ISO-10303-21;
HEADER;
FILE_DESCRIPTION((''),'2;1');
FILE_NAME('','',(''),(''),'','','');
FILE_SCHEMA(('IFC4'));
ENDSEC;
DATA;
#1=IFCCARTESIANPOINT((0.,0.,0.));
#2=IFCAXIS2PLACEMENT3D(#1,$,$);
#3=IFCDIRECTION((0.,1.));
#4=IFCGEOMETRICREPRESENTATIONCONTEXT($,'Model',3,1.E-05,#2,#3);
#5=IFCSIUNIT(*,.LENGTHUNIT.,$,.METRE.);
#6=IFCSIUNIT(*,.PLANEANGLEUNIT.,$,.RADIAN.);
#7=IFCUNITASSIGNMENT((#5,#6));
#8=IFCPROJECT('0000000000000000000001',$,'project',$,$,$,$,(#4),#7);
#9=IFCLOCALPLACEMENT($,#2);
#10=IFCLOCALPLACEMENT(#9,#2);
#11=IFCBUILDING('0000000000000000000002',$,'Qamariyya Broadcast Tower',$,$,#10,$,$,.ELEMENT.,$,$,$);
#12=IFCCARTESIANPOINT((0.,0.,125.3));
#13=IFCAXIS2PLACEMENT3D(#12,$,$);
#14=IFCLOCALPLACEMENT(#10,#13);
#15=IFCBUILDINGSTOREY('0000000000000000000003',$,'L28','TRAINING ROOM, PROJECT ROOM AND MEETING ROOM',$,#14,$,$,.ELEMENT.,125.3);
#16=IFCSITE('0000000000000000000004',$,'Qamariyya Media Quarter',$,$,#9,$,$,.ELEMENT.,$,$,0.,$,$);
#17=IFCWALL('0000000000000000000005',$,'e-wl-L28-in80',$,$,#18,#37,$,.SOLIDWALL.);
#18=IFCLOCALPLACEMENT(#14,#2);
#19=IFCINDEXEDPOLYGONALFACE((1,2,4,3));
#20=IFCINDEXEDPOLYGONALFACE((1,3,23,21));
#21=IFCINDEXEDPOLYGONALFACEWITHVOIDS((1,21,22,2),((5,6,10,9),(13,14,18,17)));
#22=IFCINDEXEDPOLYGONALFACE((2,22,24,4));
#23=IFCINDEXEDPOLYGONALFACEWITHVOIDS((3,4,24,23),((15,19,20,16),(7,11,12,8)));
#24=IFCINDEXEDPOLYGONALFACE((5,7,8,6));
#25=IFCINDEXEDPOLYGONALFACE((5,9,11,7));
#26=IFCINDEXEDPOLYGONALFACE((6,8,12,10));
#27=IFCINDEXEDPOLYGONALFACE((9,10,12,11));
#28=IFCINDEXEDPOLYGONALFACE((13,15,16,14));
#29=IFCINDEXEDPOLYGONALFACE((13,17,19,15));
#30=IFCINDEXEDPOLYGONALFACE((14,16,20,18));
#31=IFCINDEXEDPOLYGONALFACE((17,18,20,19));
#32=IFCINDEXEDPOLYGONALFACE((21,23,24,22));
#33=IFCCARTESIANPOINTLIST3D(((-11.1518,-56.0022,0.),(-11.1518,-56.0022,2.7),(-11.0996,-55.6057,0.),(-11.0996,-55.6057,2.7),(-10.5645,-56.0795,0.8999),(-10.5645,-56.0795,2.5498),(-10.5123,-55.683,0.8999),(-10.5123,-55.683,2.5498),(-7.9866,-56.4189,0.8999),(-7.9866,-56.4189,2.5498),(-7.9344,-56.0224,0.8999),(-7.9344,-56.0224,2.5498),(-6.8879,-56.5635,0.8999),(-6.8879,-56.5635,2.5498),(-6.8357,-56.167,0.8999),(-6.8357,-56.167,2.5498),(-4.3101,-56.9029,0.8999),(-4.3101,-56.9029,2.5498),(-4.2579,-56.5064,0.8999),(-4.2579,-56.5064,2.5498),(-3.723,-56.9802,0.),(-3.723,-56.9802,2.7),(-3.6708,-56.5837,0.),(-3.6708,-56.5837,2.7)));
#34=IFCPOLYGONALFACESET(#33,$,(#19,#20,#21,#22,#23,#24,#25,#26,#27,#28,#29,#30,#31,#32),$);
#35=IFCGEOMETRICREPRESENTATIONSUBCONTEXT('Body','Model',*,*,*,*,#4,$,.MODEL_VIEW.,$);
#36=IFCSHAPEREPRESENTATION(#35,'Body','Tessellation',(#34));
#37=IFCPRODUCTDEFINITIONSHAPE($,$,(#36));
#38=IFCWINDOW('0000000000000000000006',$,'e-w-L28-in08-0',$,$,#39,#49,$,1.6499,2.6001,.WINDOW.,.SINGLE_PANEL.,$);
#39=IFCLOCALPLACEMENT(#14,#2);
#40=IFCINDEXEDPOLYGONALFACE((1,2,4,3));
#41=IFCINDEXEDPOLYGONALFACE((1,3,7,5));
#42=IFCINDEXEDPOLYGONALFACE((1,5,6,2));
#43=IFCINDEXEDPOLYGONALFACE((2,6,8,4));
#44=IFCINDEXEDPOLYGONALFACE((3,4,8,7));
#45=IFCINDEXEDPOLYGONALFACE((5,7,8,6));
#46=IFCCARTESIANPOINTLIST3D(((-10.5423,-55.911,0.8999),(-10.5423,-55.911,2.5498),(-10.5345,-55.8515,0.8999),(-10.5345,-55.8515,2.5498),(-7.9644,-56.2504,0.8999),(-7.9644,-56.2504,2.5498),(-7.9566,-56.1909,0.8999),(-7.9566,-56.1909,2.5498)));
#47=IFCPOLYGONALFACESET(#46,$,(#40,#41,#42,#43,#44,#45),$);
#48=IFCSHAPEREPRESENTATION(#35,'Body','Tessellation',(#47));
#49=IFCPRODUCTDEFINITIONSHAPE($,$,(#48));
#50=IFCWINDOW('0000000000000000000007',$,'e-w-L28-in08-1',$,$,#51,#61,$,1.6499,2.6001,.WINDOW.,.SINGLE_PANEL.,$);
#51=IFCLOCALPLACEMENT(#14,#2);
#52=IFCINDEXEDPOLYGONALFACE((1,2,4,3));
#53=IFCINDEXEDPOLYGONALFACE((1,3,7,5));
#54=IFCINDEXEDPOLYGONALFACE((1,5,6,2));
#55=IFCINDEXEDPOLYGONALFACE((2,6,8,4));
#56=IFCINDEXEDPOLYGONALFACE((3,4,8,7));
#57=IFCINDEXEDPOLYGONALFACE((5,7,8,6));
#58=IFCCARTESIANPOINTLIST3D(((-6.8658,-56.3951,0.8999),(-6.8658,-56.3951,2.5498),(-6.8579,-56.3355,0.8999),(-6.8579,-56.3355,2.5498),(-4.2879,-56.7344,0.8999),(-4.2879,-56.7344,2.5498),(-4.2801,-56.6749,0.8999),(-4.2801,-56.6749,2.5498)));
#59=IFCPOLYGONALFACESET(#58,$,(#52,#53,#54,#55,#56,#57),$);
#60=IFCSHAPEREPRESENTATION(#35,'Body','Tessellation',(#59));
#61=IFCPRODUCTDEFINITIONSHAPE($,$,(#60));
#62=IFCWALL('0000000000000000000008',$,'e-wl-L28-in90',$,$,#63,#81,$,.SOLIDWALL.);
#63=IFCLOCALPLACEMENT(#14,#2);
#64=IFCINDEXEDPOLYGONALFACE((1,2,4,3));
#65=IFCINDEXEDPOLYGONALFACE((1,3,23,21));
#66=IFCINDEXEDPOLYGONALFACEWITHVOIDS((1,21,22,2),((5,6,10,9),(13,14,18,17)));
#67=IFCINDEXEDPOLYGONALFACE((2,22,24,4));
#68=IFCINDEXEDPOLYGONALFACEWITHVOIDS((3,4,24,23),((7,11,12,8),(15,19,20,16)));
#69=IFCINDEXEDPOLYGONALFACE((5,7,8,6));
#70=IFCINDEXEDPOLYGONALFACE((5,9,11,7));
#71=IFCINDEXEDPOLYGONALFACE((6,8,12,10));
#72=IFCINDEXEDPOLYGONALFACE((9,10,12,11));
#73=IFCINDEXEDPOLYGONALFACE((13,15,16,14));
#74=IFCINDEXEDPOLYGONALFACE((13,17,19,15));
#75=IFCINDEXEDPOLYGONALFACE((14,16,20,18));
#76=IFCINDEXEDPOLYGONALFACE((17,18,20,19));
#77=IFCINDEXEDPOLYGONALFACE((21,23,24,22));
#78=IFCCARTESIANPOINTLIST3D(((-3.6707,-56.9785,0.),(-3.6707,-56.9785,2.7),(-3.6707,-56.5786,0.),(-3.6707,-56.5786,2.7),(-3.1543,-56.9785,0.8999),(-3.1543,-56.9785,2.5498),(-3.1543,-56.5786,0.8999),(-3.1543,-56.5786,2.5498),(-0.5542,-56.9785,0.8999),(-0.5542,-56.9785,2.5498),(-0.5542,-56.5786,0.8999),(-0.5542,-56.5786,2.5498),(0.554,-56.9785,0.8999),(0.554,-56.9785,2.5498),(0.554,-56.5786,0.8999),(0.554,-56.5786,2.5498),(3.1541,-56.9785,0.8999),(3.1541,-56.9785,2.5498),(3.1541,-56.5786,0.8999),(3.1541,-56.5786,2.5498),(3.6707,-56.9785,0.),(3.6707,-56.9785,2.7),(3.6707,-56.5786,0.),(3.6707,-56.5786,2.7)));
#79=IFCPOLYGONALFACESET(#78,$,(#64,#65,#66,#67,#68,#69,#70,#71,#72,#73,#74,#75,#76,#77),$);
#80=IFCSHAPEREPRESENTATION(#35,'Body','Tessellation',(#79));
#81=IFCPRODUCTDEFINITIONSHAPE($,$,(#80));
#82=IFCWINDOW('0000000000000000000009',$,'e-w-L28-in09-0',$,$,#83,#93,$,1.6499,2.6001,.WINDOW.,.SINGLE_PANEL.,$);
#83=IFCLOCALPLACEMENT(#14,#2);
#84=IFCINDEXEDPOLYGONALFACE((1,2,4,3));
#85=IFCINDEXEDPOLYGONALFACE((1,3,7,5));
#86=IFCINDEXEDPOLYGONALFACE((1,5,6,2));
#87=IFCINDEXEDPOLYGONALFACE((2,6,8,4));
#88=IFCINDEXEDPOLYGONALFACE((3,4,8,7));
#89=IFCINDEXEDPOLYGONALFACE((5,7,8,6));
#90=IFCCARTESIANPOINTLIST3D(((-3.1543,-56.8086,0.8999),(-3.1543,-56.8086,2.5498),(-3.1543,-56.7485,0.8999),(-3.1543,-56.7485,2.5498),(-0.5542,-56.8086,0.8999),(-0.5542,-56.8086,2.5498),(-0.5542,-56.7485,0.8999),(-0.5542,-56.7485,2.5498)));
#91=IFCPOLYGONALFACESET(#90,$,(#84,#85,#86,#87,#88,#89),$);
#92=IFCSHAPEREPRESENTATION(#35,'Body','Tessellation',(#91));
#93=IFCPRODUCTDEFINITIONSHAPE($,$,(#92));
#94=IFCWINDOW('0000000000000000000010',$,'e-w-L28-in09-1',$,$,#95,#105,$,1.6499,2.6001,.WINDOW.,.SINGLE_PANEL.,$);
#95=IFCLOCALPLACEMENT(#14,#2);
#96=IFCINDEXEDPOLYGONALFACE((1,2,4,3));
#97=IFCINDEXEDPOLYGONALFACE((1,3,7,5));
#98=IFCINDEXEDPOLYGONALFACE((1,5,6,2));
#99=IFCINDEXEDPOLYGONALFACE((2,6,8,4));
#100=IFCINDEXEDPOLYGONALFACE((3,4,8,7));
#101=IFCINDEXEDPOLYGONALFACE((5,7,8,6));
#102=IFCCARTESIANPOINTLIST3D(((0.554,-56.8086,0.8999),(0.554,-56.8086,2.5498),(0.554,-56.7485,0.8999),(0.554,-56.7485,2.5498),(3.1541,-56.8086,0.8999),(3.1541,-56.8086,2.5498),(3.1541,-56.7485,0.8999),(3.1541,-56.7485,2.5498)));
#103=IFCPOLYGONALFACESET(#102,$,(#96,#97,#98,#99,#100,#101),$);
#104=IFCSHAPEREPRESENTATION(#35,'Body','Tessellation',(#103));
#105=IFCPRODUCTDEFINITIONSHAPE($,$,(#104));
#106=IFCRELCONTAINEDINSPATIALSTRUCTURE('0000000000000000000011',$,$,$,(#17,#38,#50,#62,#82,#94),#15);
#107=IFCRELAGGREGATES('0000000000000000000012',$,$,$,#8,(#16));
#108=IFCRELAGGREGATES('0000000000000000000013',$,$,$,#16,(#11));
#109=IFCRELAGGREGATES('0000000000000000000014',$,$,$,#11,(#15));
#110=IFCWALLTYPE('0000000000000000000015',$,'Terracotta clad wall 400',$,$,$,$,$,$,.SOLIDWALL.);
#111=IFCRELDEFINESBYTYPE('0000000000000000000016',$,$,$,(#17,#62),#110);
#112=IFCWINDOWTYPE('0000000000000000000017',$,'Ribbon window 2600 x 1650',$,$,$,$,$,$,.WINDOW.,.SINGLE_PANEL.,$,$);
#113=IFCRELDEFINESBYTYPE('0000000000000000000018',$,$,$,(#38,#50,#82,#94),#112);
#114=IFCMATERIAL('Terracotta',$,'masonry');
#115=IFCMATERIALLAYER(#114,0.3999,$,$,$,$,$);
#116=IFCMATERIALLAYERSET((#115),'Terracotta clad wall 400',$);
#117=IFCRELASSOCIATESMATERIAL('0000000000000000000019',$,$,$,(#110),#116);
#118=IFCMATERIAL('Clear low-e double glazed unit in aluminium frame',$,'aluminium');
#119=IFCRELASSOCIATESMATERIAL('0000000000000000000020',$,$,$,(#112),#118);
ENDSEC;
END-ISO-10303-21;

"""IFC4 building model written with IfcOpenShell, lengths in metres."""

from ifc_helpers import new_model, si_unit, direction, frame, frame_2d, origin, place, context, subcontext, project, spatial, rectangle, extrude, material, layer, layer_set, type_object, element, fill, save


model = new_model("IFC4")

# Units and contexts
model_context = context("Model", 3, precision=1e-05, world=origin(), true_north=direction((0.0, 1.0)))
body_context = subcontext(model_context, "Body", "Model", "MODEL_VIEW")
ifc_project = project(units=[si_unit("LENGTHUNIT", "METRE"), si_unit("PLANEANGLEUNIT", "RADIAN")], contexts=[model_context])

# Site, building, storey
site_placement = place(None, origin())
site = spatial("IfcSite", under=ifc_project, at=site_placement, Name="Qamariyya Media Quarter", CompositionType="ELEMENT", RefElevation=0.0)
building_placement = place(site_placement, origin())
building = spatial("IfcBuilding", under=site, at=building_placement, Name="Qamariyya Broadcast Tower", CompositionType="ELEMENT")
storey_placement = place(building_placement, frame((0.0, 0.0, 125.3)))
storey = spatial("IfcBuildingStorey", under=building, at=storey_placement, Name="L28", Description="TRAINING ROOM, PROJECT ROOM AND MEETING ROOM", CompositionType="ELEMENT", Elevation=125.3)

# Walls, openings, windows
ifc_material_1 = material(Name="Terracotta", Category="masonry")
ifc_layer_1 = layer(ifc_material_1, 0.3999)
ifc_layer_set_1 = layer_set([ifc_layer_1], Name="Terracotta clad wall 400")
wall_type_1 = type_object("IfcWallType", Name="Terracotta clad wall 400", PredefinedType="SOLIDWALL", material=ifc_layer_set_1)
wall_1_placement = place(storey_placement, frame((-3.6968, -56.782, 0.0), z_axis=(0.0, 0.0, 1.0), x_axis=(-0.991445, 0.130529, 0.0)))
wall_1 = element("IfcWall", 1, at=wall_1_placement, inside=storey, type_object=wall_type_1, Name="e-wl-L28-in80", PredefinedType="SOLIDWALL", context=body_context, shape_type="SweptSolid", body=[
    extrude(rectangle(XDim=7.4929, YDim=0.3999, at=frame_2d((3.7466, 0.0))), origin(), (0.0, 0.0, 1.0), 2.7),
])
opening_1_placement = place(wall_1_placement, frame((4.3005, 0.0, 0.8999)))
opening_1 = element("IfcOpeningElement", 2, at=opening_1_placement, cuts=wall_1, PredefinedType="OPENING", context=body_context, shape_type="SweptSolid", body=[
    extrude(rectangle(XDim=2.6001, YDim=1.6499, at=frame_2d((1.3, 0.825))), frame((0.0, 0.21, 0.0), z_axis=(0.0, -1.0, 0.0), x_axis=(1.0, 0.0, 0.0)), (0.0, 0.0, 1.0), 0.4199),
])
opening_2_placement = place(wall_1_placement, frame((0.5923, 0.0, 0.8999)))
opening_2 = element("IfcOpeningElement", 3, at=opening_2_placement, cuts=wall_1, PredefinedType="OPENING", context=body_context, shape_type="SweptSolid", body=[
    extrude(rectangle(XDim=2.6001, YDim=1.6499, at=frame_2d((1.3, 0.825))), frame((0.0, 0.21, 0.0), z_axis=(0.0, -1.0, 0.0), x_axis=(1.0, 0.0, 0.0)), (0.0, 0.0, 1.0), 0.4199),
])
ifc_material_2 = material(Name="Clear low-e double glazed unit in aluminium frame", Category="aluminium")
window_type = type_object("IfcWindowType", Name="Ribbon window 2600 x 1650", PartitioningType="SINGLE_PANEL", PredefinedType="WINDOW", material=ifc_material_2)
window_1_placement = place(opening_1_placement, origin())
window_1 = element("IfcWindow", 4, at=window_1_placement, inside=storey, type_object=window_type, Name="e-w-L28-in08-0", OverallHeight=1.6499, OverallWidth=2.6001, PartitioningType="SINGLE_PANEL", PredefinedType="WINDOW", context=body_context, shape_type="SweptSolid", body=[
    extrude(rectangle(XDim=2.6001, YDim=1.6499, at=frame_2d((1.3, 0.825))), frame((0.0, 0.03, 0.0), z_axis=(0.0, -1.0, 0.0), x_axis=(1.0, 0.0, 0.0)), (0.0, 0.0, 1.0), 0.0601),
])
fill(opening_1, window_1)
window_2_placement = place(opening_2_placement, origin())
window_2 = element("IfcWindow", 5, at=window_2_placement, inside=storey, type_object=window_type, Name="e-w-L28-in08-1", OverallHeight=1.6499, OverallWidth=2.6001, PartitioningType="SINGLE_PANEL", PredefinedType="WINDOW", context=body_context, shape_type="SweptSolid", body=[
    extrude(rectangle(XDim=2.6001, YDim=1.6499, at=frame_2d((1.3, 0.825))), frame((0.0, 0.03, 0.0), z_axis=(0.0, -1.0, 0.0), x_axis=(1.0, 0.0, 0.0)), (0.0, 0.0, 1.0), 0.0601),
])
fill(opening_2, window_2)
wall_2_placement = place(storey_placement, frame((3.6707, -56.7786, 0.0), z_axis=(0.0, 0.0, 1.0), x_axis=(-1.0, 0.0, 0.0)))
wall_2 = element("IfcWall", 6, at=wall_2_placement, inside=storey, type_object=wall_type_1, Name="e-wl-L28-in90", PredefinedType="SOLIDWALL", context=body_context, shape_type="SweptSolid", body=[
    extrude(rectangle(XDim=7.3413, YDim=0.3999, at=frame_2d((3.6707, 0.0))), origin(), (0.0, 0.0, 1.0), 2.7),
])
opening_3_placement = place(wall_2_placement, frame((4.2249, 0.0, 0.8999)))
opening_3 = element("IfcOpeningElement", 7, at=opening_3_placement, cuts=wall_2, PredefinedType="OPENING", context=body_context, shape_type="SweptSolid", body=[
    extrude(rectangle(XDim=2.6001, YDim=1.6499, at=frame_2d((1.3, 0.825))), frame((0.0, 0.21, 0.0), z_axis=(0.0, -1.0, 0.0), x_axis=(1.0, 0.0, 0.0)), (0.0, 0.0, 1.0), 0.4199),
])
opening_4_placement = place(wall_2_placement, frame((0.5166, 0.0, 0.8999)))
opening_4 = element("IfcOpeningElement", 8, at=opening_4_placement, cuts=wall_2, PredefinedType="OPENING", context=body_context, shape_type="SweptSolid", body=[
    extrude(rectangle(XDim=2.6001, YDim=1.6499, at=frame_2d((1.3, 0.825))), frame((0.0, 0.21, 0.0), z_axis=(0.0, -1.0, 0.0), x_axis=(1.0, 0.0, 0.0)), (0.0, 0.0, 1.0), 0.4199),
])
window_3_placement = place(opening_3_placement, origin())
window_3 = element("IfcWindow", 9, at=window_3_placement, inside=storey, type_object=window_type, Name="e-w-L28-in09-0", OverallHeight=1.6499, OverallWidth=2.6001, PartitioningType="SINGLE_PANEL", PredefinedType="WINDOW", context=body_context, shape_type="SweptSolid", body=[
    extrude(rectangle(XDim=2.6001, YDim=1.6499, at=frame_2d((1.3, 0.825))), frame((0.0, 0.03, 0.0), z_axis=(0.0, -1.0, 0.0), x_axis=(1.0, 0.0, 0.0)), (0.0, 0.0, 1.0), 0.0601),
])
fill(opening_3, window_3)
window_4_placement = place(opening_4_placement, origin())
window_4 = element("IfcWindow", 10, at=window_4_placement, inside=storey, type_object=window_type, Name="e-w-L28-in09-1", OverallHeight=1.6499, OverallWidth=2.6001, PartitioningType="SINGLE_PANEL", PredefinedType="WINDOW", context=body_context, shape_type="SweptSolid", body=[
    extrude(rectangle(XDim=2.6001, YDim=1.6499, at=frame_2d((1.3, 0.825))), frame((0.0, 0.03, 0.0), z_axis=(0.0, -1.0, 0.0), x_axis=(1.0, 0.0, 0.0)), (0.0, 0.0, 1.0), 0.0601),
])
fill(opening_4, window_4)

save(model, "model.ifc")
